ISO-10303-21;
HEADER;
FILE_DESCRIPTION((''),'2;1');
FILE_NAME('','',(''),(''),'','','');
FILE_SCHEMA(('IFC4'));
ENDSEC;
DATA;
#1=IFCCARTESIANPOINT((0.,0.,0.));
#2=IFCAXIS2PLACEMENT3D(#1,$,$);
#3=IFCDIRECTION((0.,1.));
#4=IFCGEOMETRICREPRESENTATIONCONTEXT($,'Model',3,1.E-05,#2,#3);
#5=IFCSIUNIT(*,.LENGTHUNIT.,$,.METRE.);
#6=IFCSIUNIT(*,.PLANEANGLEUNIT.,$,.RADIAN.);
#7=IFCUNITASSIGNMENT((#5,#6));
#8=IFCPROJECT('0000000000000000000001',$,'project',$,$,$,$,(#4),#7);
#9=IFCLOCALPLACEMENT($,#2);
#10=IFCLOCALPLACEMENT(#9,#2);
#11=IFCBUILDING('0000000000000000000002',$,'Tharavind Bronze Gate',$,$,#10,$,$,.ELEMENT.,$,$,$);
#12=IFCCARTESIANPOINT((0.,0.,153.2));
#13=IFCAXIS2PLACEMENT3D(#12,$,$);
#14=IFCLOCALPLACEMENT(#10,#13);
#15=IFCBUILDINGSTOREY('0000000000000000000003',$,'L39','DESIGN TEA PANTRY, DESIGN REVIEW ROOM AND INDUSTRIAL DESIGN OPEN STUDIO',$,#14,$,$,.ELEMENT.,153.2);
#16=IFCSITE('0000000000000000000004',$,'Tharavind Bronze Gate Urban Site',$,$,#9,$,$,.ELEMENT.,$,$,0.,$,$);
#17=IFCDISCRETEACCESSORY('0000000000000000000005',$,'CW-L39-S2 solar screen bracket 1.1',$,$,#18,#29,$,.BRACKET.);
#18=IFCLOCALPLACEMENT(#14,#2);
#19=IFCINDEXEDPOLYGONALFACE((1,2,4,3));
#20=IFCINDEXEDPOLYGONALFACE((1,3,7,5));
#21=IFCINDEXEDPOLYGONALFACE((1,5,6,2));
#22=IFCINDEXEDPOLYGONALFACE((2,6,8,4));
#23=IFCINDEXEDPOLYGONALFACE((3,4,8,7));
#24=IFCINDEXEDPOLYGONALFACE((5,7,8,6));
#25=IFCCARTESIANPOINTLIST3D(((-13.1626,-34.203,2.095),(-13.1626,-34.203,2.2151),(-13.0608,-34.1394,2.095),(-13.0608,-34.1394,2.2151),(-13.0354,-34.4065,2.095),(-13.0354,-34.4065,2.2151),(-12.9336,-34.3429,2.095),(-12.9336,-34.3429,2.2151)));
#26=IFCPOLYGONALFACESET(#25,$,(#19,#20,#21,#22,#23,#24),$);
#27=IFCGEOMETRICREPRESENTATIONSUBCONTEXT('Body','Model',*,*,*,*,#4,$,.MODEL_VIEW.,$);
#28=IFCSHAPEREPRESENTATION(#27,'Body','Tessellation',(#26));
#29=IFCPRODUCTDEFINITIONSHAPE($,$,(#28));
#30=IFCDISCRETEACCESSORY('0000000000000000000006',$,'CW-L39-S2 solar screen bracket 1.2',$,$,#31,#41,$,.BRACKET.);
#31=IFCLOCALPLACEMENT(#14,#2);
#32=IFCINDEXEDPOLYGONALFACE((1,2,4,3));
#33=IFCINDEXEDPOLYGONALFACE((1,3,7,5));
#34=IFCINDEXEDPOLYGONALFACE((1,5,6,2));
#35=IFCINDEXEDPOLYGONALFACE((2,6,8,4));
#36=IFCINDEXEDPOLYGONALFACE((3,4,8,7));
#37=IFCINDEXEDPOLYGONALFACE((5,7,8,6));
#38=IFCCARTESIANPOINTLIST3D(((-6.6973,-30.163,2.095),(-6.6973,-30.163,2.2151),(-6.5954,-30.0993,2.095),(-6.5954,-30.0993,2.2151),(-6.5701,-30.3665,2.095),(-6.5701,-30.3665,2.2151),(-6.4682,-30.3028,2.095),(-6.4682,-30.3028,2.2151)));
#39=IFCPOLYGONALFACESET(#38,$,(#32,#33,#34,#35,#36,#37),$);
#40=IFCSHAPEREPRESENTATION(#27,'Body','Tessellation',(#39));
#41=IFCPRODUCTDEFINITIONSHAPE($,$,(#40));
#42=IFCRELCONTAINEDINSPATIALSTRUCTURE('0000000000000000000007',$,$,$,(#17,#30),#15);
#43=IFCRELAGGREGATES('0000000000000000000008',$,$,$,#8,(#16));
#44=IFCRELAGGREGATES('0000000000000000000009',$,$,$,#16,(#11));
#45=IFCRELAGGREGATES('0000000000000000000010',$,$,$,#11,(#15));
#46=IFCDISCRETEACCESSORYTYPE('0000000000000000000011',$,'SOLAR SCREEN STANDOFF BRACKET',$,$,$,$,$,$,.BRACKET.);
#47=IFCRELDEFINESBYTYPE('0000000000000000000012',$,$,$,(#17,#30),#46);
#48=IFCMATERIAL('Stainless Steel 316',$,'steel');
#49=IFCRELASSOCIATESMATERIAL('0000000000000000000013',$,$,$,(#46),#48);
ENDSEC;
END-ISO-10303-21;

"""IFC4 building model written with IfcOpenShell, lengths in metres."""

from ifc_helpers import new_model, si_unit, direction, frame, origin, origin_2d, place, context, subcontext, project, spatial, rectangle, extrude, material, type_object, element, save


model = new_model("IFC4")

# Units and contexts
model_context = context("Model", 3, precision=1e-05, world=origin(), true_north=direction((0.0, 1.0)))
body_context = subcontext(model_context, "Body", "Model", "MODEL_VIEW")
ifc_project = project(units=[si_unit("LENGTHUNIT", "METRE"), si_unit("PLANEANGLEUNIT", "RADIAN")], contexts=[model_context])

# Site, building, storey
site_placement = place(None, origin())
site = spatial("IfcSite", under=ifc_project, at=site_placement, Name="Tharavind Bronze Gate Urban Site", CompositionType="ELEMENT", RefElevation=0.0)
building_placement = place(site_placement, origin())
building = spatial("IfcBuilding", under=site, at=building_placement, Name="Tharavind Bronze Gate", CompositionType="ELEMENT")
storey_placement = place(building_placement, frame((0.0, 0.0, 153.2)))
storey = spatial("IfcBuildingStorey", under=building, at=storey_placement, Name="L39", Description="DESIGN TEA PANTRY, DESIGN REVIEW ROOM AND INDUSTRIAL DESIGN OPEN STUDIO", CompositionType="ELEMENT", Elevation=153.2)

# Discrete accessories
ifc_material_1 = material(Name="Stainless Steel 316", Category="steel")
discrete_accessory_type = type_object("IfcDiscreteAccessoryType", Name="SOLAR SCREEN STANDOFF BRACKET", PredefinedType="BRACKET", material=ifc_material_1)
for number, where, z_axis, x_axis, name in (
    (1, (-13.0481, -34.2729, 2.095), (0.0, 0.0, 1.0), (0.848048, 0.529919, 0.0), "CW-L39-S2 solar screen bracket 1.1"),
    (2, (-6.5828, -30.2329, 2.095), (0.0, 0.0, 1.0), (0.848048, 0.529919, 0.0), "CW-L39-S2 solar screen bracket 1.2"),
):
    element("IfcDiscreteAccessory", number, at=place(storey_placement, frame(where, z_axis=z_axis, x_axis=x_axis)), inside=storey, type_object=discrete_accessory_type, Name=name, PredefinedType="BRACKET", context=body_context, shape_type="SweptSolid", body=[
        extrude(rectangle(XDim=0.1201, YDim=0.24, at=origin_2d()), origin(), (0.0, 0.0, 1.0), 0.1201),
    ])

save(model, "model.ifc")
